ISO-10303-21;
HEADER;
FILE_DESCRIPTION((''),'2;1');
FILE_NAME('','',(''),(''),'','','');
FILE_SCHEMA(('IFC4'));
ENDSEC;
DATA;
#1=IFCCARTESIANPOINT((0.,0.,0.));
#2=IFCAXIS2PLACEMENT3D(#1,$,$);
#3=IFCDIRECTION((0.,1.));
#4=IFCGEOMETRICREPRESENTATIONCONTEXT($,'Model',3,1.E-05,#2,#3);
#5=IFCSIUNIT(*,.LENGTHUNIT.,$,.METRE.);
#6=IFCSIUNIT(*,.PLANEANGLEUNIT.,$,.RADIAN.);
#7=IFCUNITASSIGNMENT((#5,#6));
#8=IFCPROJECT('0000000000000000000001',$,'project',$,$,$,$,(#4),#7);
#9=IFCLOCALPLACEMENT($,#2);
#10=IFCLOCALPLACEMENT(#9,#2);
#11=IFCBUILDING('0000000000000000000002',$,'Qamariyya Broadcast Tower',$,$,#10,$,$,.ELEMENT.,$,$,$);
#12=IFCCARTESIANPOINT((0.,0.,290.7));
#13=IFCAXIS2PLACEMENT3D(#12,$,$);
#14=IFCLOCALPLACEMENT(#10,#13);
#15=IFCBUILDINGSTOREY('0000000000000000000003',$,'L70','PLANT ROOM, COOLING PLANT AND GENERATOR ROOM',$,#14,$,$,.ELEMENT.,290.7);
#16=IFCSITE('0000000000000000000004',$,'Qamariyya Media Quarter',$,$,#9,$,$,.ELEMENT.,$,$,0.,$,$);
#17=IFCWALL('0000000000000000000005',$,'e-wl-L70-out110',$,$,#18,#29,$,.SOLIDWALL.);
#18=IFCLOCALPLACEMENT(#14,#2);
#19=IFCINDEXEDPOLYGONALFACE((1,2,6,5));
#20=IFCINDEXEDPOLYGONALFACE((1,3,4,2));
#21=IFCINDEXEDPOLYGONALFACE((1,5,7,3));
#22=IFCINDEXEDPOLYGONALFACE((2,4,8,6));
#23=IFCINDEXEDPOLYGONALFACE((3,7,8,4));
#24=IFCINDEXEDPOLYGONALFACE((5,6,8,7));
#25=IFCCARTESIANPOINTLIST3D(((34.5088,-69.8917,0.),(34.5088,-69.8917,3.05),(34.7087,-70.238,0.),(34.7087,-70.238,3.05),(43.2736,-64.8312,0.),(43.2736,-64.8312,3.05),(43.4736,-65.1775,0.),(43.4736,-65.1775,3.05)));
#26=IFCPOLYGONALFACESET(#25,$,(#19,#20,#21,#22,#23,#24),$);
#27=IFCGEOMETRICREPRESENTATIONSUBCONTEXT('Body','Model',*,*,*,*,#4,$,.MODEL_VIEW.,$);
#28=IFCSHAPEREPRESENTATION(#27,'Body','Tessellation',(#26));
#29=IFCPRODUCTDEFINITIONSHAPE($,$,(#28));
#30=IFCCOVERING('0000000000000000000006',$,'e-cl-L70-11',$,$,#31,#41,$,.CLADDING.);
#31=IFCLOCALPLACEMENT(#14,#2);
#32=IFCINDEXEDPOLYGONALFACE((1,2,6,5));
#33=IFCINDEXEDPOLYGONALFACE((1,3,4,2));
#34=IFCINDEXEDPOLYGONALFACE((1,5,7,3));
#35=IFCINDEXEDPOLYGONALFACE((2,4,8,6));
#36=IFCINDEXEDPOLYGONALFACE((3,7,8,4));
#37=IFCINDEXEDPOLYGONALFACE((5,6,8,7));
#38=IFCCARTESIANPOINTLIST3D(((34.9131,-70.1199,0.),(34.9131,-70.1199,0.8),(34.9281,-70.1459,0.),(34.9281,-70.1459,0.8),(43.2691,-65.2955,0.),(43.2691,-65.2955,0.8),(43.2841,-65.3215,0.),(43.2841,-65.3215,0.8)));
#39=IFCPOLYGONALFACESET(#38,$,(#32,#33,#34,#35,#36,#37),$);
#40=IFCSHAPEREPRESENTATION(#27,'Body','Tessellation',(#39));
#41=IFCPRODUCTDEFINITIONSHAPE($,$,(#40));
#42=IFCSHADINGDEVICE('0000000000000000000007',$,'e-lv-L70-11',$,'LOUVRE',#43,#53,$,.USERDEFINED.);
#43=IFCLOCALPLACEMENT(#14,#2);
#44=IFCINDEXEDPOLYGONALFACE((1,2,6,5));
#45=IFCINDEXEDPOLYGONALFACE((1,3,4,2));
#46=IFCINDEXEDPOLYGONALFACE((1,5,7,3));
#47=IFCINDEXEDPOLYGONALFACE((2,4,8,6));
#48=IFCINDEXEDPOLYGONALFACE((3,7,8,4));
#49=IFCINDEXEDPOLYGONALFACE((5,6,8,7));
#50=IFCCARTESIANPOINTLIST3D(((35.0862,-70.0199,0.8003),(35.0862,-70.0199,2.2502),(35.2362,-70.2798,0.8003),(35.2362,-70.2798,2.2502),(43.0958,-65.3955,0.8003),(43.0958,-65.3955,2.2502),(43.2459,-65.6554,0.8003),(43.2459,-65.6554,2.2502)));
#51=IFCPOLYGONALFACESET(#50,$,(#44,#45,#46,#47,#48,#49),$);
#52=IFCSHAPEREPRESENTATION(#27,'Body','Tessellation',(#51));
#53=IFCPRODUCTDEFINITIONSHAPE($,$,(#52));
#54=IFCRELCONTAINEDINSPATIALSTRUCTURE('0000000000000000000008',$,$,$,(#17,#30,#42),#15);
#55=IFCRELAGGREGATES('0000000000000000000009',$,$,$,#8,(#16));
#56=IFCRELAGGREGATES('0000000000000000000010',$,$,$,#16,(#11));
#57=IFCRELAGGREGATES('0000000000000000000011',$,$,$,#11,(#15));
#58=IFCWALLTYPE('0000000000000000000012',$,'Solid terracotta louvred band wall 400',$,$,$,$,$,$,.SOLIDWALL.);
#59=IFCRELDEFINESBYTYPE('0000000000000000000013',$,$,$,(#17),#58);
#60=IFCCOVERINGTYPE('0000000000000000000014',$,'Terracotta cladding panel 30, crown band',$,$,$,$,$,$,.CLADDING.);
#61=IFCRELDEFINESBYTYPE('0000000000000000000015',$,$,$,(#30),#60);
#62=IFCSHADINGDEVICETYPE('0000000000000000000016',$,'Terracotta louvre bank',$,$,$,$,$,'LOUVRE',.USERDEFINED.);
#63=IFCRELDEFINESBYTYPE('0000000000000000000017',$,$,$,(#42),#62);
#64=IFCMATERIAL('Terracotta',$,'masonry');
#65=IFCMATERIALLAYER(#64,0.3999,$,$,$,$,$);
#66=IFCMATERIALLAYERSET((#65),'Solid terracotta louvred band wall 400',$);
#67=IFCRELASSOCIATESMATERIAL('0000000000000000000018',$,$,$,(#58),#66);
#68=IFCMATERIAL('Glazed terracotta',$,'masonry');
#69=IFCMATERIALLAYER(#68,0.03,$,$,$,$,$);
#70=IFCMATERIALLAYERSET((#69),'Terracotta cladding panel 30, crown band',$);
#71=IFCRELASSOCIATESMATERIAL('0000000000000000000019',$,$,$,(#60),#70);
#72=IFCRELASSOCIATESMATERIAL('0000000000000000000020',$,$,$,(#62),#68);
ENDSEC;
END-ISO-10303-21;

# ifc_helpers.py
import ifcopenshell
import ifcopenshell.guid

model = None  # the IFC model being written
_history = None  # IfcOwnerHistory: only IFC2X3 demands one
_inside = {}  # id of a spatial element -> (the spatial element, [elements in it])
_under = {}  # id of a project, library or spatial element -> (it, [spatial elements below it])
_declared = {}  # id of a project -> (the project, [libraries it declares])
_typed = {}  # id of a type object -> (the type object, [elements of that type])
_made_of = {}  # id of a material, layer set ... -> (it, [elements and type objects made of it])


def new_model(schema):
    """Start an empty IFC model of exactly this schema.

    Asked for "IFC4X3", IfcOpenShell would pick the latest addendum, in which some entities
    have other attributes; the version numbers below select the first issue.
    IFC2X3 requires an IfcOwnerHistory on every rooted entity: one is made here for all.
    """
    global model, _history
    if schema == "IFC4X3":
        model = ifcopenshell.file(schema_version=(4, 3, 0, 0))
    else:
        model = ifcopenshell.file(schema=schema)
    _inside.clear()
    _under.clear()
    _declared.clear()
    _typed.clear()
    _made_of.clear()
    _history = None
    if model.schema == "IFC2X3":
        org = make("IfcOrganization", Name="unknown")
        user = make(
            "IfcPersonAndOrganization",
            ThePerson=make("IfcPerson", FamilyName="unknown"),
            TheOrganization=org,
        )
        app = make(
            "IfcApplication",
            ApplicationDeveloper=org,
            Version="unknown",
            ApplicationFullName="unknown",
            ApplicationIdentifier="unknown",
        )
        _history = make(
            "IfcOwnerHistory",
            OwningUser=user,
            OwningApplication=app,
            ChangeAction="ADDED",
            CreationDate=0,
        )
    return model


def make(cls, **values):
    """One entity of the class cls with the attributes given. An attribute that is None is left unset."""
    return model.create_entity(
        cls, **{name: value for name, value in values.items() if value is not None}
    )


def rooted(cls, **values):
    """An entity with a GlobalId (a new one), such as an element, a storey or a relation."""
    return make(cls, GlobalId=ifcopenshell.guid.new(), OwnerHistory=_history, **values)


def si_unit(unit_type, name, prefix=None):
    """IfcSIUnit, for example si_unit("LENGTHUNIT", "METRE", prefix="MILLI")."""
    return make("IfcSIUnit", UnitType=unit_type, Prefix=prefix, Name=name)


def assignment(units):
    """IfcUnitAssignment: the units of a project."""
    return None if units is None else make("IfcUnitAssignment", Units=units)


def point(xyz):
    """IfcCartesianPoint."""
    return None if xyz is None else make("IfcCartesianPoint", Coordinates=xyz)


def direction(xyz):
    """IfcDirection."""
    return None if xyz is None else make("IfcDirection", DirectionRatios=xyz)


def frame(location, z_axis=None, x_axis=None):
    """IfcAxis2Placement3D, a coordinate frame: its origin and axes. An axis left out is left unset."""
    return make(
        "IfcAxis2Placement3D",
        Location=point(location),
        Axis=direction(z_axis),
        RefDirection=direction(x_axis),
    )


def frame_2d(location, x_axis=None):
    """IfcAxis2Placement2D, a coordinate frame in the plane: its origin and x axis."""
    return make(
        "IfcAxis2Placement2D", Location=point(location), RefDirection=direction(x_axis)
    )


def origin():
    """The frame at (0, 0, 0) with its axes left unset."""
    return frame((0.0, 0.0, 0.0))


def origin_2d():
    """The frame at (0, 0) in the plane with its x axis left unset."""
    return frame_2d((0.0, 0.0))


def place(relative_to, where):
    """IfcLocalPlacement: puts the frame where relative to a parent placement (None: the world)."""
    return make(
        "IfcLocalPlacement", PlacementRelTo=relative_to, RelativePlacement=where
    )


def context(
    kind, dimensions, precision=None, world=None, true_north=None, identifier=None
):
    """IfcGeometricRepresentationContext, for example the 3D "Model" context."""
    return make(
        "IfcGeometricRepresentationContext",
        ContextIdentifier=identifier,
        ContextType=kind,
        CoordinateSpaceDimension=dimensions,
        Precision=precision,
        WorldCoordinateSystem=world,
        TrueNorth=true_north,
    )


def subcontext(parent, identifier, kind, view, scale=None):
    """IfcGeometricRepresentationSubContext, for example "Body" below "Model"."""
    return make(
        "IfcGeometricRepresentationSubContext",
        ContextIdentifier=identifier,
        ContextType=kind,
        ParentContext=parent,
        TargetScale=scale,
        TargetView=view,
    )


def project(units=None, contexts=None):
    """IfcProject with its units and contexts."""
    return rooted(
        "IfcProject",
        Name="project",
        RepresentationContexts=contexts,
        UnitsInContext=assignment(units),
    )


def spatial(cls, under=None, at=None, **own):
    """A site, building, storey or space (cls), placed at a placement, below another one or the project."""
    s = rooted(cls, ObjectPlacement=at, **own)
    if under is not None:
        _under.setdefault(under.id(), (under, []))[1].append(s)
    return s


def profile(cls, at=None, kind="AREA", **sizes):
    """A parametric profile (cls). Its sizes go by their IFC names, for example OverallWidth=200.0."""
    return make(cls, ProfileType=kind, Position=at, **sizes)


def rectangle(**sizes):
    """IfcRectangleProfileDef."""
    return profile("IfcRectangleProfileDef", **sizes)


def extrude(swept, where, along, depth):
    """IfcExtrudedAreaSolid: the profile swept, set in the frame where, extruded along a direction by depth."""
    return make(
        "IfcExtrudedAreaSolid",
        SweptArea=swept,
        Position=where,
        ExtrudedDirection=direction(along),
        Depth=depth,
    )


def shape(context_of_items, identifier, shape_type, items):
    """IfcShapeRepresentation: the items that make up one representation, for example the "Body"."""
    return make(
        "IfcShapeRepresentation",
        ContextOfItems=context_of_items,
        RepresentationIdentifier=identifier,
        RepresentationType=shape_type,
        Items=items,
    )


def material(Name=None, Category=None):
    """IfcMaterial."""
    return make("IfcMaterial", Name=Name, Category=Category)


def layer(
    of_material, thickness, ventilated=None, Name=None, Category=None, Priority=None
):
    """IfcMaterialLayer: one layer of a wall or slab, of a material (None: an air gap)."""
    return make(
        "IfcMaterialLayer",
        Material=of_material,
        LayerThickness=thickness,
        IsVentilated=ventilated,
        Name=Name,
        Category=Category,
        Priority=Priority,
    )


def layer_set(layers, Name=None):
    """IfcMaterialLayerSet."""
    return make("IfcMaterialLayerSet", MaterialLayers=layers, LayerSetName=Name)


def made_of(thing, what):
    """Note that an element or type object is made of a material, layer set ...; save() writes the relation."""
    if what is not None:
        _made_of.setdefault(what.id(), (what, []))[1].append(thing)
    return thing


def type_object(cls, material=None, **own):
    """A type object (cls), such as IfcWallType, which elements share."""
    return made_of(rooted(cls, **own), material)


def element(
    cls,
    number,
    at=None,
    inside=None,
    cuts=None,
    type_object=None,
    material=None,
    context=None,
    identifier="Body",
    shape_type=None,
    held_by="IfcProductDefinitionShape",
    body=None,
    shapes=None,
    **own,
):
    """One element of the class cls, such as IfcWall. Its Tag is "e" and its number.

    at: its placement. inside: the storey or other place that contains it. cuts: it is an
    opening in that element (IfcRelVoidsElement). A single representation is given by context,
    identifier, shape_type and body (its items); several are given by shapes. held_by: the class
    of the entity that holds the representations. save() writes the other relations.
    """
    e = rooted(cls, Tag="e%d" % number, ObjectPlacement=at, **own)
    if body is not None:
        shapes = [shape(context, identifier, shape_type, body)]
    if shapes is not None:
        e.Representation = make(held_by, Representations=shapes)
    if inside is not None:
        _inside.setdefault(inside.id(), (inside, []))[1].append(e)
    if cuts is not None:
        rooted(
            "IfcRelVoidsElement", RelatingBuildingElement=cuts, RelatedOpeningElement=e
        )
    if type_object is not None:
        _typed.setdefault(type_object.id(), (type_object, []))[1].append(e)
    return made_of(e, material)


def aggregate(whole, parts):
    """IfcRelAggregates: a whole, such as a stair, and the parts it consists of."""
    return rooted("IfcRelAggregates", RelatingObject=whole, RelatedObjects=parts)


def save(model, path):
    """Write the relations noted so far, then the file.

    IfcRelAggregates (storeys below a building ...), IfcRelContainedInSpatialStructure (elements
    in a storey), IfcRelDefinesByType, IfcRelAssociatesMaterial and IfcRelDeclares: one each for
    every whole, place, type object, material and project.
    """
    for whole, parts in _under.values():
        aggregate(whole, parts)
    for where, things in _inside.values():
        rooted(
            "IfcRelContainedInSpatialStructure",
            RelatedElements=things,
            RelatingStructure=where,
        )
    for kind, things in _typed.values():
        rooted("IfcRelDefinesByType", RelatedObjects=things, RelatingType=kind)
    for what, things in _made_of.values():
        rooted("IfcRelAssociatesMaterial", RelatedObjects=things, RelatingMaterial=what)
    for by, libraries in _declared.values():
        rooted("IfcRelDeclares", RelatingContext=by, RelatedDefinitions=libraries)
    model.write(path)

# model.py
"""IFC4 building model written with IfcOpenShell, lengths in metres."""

from ifc_helpers import new_model, si_unit, direction, frame, frame_2d, origin, origin_2d, place, context, subcontext, project, spatial, rectangle, extrude, material, layer, layer_set, type_object, element, save


model = new_model("IFC4")

# Units and contexts
model_context = context("Model", 3, precision=1e-05, world=origin(), true_north=direction((0.0, 1.0)))
body_context = subcontext(model_context, "Body", "Model", "MODEL_VIEW")
ifc_project = project(units=[si_unit("LENGTHUNIT", "METRE"), si_unit("PLANEANGLEUNIT", "RADIAN")], contexts=[model_context])

# Site, building, storey
site_placement = place(None, origin())
site = spatial("IfcSite", under=ifc_project, at=site_placement, Name="Qamariyya Media Quarter", CompositionType="ELEMENT", RefElevation=0.0)
building_placement = place(site_placement, origin())
building = spatial("IfcBuilding", under=site, at=building_placement, Name="Qamariyya Broadcast Tower", CompositionType="ELEMENT")
storey_placement = place(building_placement, frame((0.0, 0.0, 290.7)))
storey = spatial("IfcBuildingStorey", under=building, at=storey_placement, Name="L70", Description="PLANT ROOM, COOLING PLANT AND GENERATOR ROOM", CompositionType="ELEMENT", Elevation=290.7)

# Wall
ifc_material_1 = material(Name="Terracotta", Category="masonry")
ifc_layer_1 = layer(ifc_material_1, 0.3999)
ifc_layer_set_1 = layer_set([ifc_layer_1], Name="Solid terracotta louvred band wall 400")
wall_type_1 = type_object("IfcWallType", Name="Solid terracotta louvred band wall 400", PredefinedType="SOLIDWALL", material=ifc_layer_set_1)
wall_1_placement = place(storey_placement, frame((34.6086, -70.0649, 0.0), z_axis=(0.0, 0.0, 1.0), x_axis=(0.86602, 0.50001, 0.0)))
element("IfcWall", 1, at=wall_1_placement, inside=storey, type_object=wall_type_1, Name="e-wl-L70-out110", PredefinedType="SOLIDWALL", context=body_context, shape_type="SweptSolid", body=[
    extrude(rectangle(XDim=10.1208, YDim=0.3999, at=frame_2d((5.0605, 0.0))), origin(), (0.0, 0.0, 1.0), 3.05),
])

# Covering
ifc_material_2 = material(Name="Glazed terracotta", Category="masonry")
ifc_layer_2 = layer(ifc_material_2, 0.03)
ifc_layer_set_2 = layer_set([ifc_layer_2], Name="Terracotta cladding panel 30, crown band")
covering_type = type_object("IfcCoveringType", Name="Terracotta cladding panel 30, crown band", PredefinedType="CLADDING", material=ifc_layer_set_2)
covering_placement = place(storey_placement, frame((39.0986, -67.7207, 0.0), z_axis=(0.0, 0.0, 1.0), x_axis=(0.866025, 0.5, 0.0)))
element("IfcCovering", 2, at=covering_placement, inside=storey, type_object=covering_type, Name="e-cl-L70-11", PredefinedType="CLADDING", context=body_context, shape_type="SweptSolid", body=[
    extrude(rectangle(XDim=9.6487, YDim=0.03, at=origin_2d()), origin(), (0.0, 0.0, 1.0), 0.8),
])

# Shading device
shading_device_type = type_object("IfcShadingDeviceType", Name="Terracotta louvre bank", ElementType="LOUVRE", PredefinedType="USERDEFINED", material=ifc_material_2)
shading_device_placement = place(storey_placement, frame((39.166, -67.8376, 0.8003), z_axis=(0.0, 0.0, 1.0), x_axis=(0.866025, 0.5, 0.0)))
element("IfcShadingDevice", 3, at=shading_device_placement, inside=storey, type_object=shading_device_type, Name="e-lv-L70-11", ObjectType="LOUVRE", PredefinedType="USERDEFINED", context=body_context, shape_type="SweptSolid", body=[
    extrude(rectangle(XDim=9.2488, YDim=0.3, at=origin_2d()), origin(), (0.0, 0.0, 1.0), 1.45),
])

save(model, "model.ifc")
